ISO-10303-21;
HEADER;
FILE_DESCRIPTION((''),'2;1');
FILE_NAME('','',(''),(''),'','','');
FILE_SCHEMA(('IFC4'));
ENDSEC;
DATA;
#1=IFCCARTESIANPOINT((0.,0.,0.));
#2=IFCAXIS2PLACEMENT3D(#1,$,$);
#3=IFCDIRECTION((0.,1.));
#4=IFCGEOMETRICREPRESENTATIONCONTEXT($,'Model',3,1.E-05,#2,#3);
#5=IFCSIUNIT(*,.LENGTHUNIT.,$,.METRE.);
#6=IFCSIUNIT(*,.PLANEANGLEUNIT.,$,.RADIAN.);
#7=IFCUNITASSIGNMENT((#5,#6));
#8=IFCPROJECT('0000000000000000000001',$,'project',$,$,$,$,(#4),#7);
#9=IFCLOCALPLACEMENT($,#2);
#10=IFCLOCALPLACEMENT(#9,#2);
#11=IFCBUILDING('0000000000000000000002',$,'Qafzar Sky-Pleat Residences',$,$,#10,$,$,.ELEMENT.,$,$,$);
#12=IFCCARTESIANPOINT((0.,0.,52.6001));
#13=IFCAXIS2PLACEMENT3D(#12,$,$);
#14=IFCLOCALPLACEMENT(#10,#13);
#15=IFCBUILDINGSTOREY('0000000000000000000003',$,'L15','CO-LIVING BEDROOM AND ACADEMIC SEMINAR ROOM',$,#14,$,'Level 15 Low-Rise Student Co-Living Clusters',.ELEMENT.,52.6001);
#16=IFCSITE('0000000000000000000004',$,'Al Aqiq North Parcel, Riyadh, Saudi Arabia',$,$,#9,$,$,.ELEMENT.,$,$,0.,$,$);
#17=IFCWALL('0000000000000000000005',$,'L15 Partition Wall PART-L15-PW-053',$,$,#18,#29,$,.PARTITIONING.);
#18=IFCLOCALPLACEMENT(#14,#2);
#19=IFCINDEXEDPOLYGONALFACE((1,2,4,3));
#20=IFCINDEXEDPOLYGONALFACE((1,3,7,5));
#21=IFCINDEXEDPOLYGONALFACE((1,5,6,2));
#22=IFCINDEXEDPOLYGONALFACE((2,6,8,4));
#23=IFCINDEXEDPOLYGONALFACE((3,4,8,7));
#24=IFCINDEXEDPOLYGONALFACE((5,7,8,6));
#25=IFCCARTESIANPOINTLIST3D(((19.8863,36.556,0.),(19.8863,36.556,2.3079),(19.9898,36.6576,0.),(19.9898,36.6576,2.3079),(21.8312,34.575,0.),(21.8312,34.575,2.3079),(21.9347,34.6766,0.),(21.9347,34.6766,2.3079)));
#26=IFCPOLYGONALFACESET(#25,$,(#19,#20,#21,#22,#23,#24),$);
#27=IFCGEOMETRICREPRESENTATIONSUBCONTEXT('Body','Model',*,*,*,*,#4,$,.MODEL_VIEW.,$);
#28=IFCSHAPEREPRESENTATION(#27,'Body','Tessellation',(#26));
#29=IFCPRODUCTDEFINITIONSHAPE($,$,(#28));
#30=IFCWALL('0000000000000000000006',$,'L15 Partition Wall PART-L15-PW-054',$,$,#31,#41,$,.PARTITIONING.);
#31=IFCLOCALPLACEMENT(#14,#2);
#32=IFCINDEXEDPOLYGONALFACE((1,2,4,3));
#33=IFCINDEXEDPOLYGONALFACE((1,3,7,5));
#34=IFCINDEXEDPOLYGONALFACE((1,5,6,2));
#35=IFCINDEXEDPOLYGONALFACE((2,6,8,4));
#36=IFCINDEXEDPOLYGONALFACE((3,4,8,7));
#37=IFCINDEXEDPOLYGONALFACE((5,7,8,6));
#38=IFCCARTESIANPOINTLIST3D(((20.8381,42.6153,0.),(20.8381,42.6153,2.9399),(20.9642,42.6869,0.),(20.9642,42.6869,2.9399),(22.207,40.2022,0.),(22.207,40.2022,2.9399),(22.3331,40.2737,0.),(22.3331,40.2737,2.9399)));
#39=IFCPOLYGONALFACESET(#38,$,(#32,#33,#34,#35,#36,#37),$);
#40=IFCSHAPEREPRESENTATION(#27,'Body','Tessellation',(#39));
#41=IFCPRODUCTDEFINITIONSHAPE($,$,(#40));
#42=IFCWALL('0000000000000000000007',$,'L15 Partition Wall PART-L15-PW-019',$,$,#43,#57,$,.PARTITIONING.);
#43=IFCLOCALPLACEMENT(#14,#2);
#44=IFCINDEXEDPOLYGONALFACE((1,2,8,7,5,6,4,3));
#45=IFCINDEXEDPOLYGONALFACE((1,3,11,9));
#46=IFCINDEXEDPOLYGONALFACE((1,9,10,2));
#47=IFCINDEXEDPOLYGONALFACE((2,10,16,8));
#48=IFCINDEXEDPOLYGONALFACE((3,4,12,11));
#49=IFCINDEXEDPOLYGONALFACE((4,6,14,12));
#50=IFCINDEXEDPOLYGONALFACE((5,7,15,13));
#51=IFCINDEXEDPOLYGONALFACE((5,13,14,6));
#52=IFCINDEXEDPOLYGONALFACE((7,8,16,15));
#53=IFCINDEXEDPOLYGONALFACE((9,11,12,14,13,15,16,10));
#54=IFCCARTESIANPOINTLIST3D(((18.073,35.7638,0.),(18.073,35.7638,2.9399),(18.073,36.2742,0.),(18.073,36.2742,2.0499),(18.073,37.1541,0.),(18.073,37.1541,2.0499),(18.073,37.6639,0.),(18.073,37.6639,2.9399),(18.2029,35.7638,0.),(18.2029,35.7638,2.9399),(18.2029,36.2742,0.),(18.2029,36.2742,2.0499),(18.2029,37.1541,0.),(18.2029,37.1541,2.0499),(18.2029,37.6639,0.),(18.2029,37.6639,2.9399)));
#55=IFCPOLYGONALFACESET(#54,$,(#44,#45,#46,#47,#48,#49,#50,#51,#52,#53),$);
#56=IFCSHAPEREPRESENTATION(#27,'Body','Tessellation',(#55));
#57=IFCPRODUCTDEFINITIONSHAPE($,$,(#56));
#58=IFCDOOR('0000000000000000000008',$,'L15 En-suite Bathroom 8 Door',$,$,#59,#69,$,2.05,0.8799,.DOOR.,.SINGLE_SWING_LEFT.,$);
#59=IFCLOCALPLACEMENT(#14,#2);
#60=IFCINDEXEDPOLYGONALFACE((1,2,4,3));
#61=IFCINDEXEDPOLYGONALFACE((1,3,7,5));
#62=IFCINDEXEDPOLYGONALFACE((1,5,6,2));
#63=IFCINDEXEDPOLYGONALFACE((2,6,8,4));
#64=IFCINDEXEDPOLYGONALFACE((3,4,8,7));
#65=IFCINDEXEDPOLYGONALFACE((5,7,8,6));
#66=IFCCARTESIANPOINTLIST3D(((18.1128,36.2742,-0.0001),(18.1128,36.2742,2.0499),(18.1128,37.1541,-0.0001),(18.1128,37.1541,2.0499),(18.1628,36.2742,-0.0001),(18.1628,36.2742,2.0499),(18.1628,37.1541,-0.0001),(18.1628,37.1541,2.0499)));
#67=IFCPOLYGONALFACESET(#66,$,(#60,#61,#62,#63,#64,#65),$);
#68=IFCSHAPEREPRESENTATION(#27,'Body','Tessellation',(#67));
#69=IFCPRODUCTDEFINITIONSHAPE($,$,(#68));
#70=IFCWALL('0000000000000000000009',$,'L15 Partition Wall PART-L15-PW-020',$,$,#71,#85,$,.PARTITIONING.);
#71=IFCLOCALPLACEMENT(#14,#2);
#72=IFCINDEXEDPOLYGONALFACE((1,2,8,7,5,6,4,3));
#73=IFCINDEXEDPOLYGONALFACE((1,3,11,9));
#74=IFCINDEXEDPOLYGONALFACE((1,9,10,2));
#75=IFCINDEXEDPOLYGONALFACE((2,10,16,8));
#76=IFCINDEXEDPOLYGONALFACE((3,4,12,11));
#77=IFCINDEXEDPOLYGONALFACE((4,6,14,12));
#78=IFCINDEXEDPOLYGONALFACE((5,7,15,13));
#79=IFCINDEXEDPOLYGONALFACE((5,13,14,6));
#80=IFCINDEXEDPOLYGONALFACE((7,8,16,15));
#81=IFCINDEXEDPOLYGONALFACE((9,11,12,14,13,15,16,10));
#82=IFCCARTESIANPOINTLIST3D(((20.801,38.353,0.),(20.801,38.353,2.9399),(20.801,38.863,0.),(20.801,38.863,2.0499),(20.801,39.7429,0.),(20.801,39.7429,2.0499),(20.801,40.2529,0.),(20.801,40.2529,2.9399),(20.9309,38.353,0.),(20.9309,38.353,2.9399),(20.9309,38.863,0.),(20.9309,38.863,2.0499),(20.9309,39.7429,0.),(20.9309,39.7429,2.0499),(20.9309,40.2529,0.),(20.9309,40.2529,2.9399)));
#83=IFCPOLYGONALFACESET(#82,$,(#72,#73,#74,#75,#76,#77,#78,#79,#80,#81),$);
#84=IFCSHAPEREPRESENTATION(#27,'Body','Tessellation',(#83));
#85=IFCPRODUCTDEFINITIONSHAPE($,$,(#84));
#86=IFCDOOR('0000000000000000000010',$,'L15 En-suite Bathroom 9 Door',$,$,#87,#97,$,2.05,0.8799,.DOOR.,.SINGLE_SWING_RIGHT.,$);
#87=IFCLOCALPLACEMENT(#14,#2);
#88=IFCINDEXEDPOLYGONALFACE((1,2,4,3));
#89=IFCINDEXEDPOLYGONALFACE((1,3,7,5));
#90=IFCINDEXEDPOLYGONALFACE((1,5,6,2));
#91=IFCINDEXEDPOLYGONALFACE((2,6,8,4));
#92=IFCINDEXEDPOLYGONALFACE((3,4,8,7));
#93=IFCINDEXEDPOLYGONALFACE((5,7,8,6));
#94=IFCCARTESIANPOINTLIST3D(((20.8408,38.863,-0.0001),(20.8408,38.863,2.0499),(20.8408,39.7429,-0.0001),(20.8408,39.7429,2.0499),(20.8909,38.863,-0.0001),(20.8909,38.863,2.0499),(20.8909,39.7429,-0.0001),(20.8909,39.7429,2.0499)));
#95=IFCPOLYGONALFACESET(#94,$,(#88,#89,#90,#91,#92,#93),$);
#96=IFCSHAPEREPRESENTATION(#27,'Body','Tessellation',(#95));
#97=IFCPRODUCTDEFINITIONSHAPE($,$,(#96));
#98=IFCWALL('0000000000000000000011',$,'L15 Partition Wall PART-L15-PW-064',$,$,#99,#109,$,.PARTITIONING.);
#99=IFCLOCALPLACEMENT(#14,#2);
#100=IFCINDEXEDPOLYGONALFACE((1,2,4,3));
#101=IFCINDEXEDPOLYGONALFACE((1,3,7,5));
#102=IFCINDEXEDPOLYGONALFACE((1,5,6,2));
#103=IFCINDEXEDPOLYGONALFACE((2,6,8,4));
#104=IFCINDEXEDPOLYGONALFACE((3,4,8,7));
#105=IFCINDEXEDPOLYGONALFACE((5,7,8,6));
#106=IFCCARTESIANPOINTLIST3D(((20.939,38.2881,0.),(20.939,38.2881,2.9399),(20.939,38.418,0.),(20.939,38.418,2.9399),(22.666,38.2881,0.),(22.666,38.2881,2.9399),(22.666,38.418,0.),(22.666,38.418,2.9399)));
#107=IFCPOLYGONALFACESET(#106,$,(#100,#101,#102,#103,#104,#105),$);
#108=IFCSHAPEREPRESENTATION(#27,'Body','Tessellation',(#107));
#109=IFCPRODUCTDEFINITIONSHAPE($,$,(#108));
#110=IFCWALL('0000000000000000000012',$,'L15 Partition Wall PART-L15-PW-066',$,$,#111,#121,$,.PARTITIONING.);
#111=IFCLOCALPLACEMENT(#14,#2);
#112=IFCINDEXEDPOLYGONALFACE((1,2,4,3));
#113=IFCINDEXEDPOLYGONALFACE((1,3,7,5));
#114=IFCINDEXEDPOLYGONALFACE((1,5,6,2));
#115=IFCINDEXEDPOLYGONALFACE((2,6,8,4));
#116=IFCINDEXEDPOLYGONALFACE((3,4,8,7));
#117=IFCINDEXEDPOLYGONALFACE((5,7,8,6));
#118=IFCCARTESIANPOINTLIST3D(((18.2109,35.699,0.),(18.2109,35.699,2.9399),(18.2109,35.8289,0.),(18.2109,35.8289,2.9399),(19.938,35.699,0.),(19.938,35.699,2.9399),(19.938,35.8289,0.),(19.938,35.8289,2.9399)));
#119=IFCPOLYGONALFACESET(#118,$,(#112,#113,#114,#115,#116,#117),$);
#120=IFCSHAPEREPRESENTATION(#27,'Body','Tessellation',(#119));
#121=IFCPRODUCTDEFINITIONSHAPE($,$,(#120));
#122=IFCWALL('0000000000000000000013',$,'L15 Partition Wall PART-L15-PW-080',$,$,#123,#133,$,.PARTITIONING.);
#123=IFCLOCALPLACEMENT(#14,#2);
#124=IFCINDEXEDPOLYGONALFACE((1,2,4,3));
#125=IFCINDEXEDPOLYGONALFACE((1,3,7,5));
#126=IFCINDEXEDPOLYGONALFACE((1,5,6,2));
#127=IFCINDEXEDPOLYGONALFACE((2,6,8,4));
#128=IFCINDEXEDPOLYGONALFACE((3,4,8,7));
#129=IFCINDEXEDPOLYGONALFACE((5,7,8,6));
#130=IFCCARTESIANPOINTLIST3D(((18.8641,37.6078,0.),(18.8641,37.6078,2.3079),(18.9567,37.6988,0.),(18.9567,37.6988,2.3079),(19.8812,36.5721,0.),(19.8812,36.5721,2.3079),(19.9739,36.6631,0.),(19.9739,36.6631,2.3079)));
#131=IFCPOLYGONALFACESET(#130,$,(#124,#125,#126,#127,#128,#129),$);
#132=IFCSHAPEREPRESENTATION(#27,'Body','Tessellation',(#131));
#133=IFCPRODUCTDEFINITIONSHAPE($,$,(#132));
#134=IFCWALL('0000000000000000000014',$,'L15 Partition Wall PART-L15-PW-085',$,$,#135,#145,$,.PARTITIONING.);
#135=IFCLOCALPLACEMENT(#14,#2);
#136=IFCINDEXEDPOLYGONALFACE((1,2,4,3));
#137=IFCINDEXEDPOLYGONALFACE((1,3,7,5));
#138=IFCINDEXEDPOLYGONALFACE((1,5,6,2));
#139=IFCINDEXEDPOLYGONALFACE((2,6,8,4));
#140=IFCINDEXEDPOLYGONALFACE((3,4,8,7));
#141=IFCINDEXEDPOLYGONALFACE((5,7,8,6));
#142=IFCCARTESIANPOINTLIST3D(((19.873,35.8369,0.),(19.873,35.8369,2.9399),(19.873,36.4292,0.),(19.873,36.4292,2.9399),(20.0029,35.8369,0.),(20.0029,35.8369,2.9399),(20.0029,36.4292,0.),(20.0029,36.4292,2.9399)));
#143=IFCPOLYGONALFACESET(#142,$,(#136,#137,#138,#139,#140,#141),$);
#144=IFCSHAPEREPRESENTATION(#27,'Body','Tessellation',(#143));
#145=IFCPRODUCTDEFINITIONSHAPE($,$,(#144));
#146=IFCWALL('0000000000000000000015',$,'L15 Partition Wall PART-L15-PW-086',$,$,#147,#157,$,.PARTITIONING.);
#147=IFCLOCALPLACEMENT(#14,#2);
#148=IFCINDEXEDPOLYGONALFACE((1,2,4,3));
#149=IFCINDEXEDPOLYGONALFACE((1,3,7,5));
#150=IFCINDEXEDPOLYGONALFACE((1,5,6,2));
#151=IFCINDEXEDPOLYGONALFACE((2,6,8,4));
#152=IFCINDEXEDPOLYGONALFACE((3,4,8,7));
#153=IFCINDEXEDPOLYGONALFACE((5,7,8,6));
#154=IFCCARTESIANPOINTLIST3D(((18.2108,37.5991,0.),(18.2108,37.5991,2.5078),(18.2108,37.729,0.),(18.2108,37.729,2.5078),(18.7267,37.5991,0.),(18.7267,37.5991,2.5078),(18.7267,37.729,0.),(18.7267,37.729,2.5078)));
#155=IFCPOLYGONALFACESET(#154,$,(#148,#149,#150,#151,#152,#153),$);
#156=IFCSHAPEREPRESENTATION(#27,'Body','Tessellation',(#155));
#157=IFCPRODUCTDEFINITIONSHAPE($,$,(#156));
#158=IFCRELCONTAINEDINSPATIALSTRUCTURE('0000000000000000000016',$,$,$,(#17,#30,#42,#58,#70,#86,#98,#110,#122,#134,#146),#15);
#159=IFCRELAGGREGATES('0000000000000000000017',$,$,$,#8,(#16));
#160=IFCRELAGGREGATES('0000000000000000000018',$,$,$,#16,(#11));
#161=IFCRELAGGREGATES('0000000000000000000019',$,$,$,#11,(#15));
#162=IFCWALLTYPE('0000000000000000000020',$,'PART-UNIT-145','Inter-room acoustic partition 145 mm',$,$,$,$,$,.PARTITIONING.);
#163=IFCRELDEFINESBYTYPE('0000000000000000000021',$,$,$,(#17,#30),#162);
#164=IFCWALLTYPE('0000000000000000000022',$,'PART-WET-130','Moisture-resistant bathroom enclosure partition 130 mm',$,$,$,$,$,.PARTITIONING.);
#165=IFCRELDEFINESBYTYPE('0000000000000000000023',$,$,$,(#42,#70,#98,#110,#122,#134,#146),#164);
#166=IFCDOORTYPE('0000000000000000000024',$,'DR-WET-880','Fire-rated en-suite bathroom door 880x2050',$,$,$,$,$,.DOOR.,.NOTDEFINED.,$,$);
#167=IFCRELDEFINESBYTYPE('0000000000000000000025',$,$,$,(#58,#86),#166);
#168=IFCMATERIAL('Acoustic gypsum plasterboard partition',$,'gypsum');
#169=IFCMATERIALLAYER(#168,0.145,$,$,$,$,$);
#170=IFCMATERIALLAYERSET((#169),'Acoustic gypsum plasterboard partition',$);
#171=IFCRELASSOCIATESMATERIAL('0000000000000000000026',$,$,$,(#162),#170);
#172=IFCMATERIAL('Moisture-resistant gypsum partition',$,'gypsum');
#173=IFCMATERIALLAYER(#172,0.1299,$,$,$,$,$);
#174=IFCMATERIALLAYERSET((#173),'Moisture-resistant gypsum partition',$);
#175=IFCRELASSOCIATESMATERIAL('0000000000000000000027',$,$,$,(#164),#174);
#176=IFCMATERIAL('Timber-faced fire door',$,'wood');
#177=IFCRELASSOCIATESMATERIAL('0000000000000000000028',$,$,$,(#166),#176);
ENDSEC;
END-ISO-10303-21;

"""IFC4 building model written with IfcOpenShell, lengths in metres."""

from ifc_helpers import new_model, si_unit, direction, frame, frame_2d, origin, place, context, subcontext, project, spatial, rectangle, extrude, source, transform, mapped, material, layer, layer_set, type_object, element, fill, save


model = new_model("IFC4")

# Units and contexts
model_context = context("Model", 3, precision=1e-05, world=origin(), true_north=direction((0.0, 1.0)))
body_context = subcontext(model_context, "Body", "Model", "MODEL_VIEW")
ifc_project = project(units=[si_unit("LENGTHUNIT", "METRE"), si_unit("PLANEANGLEUNIT", "RADIAN")], contexts=[model_context])

# Site, building, storey
site_placement = place(None, origin())
site = spatial("IfcSite", under=ifc_project, at=site_placement, Name="Al Aqiq North Parcel, Riyadh, Saudi Arabia", CompositionType="ELEMENT", RefElevation=0.0)
building_placement = place(site_placement, origin())
building = spatial("IfcBuilding", under=site, at=building_placement, Name="Qafzar Sky-Pleat Residences", CompositionType="ELEMENT")
storey_placement = place(building_placement, frame((0.0, 0.0, 52.6001)))
storey = spatial("IfcBuildingStorey", under=building, at=storey_placement, Name="L15", Description="CO-LIVING BEDROOM AND ACADEMIC SEMINAR ROOM", LongName="Level 15 Low-Rise Student Co-Living Clusters", CompositionType="ELEMENT", Elevation=52.6001)

# Walls
ifc_material_1 = material(Name="Acoustic gypsum plasterboard partition", Category="gypsum")
ifc_layer_1 = layer(ifc_material_1, 0.145)
ifc_layer_set_1 = layer_set([ifc_layer_1], Name="Acoustic gypsum plasterboard partition")
wall_type_1 = type_object("IfcWallType", Name="PART-UNIT-145", Description="Inter-room acoustic partition 145 mm", PredefinedType="PARTITIONING", material=ifc_layer_set_1)
wall_1_placement = place(storey_placement, frame((19.938, 36.6069, 0.0), z_axis=(0.0, 0.0, 1.0), x_axis=(0.700569, -0.713585, 0.0)))
element("IfcWall", 1, at=wall_1_placement, inside=storey, type_object=wall_type_1, Name="L15 Partition Wall PART-L15-PW-053", PredefinedType="PARTITIONING", context=body_context, shape_type="SweptSolid", body=[
    extrude(rectangle(XDim=2.7761, YDim=0.145, at=frame_2d((1.3882, 0.0))), origin(), (0.0, 0.0, 1.0), 2.3079),
])
wall_2_placement = place(storey_placement, frame((20.9011, 42.6511, 0.0), z_axis=(0.0, 0.0, 1.0), x_axis=(0.493417, -0.869793, 0.0)))
element("IfcWall", 2, at=wall_2_placement, inside=storey, type_object=wall_type_1, Name="L15 Partition Wall PART-L15-PW-054", PredefinedType="PARTITIONING", context=body_context, shape_type="SweptSolid", body=[
    extrude(rectangle(XDim=2.7744, YDim=0.145, at=frame_2d((1.3872, 0.0))), origin(), (0.0, 0.0, 1.0), 2.9399),
])

# Walls, openings, doors
ifc_material_2 = material(Name="Moisture-resistant gypsum partition", Category="gypsum")
ifc_layer_2 = layer(ifc_material_2, 0.1299)
ifc_layer_set_2 = layer_set([ifc_layer_2], Name="Moisture-resistant gypsum partition")
wall_type_2 = type_object("IfcWallType", Name="PART-WET-130", Description="Moisture-resistant bathroom enclosure partition 130 mm", PredefinedType="PARTITIONING", material=ifc_layer_set_2)
wall_3_placement = place(storey_placement, frame((18.1379, 37.6641, 0.0), z_axis=(0.0, 0.0, 1.0), x_axis=(0.0, -1.0, 0.0)))
wall_3 = element("IfcWall", 3, at=wall_3_placement, inside=storey, type_object=wall_type_2, Name="L15 Partition Wall PART-L15-PW-019", PredefinedType="PARTITIONING", context=body_context, shape_type="SweptSolid", body=[
    extrude(rectangle(XDim=1.9001, YDim=0.1299, at=frame_2d((0.9502, 0.0))), origin(), (0.0, 0.0, 1.0), 2.9399),
])
opening_1_placement = place(wall_3_placement, frame((0.51, 0.0, 0.0)))
opening_1 = element("IfcOpeningElement", 4, at=opening_1_placement, cuts=wall_3, PredefinedType="OPENING", context=body_context, shape_type="SweptSolid", body=[
    extrude(rectangle(XDim=0.8799, YDim=2.05, at=frame_2d((0.4399, 1.0249))), frame((0.0, 0.075, 0.0), z_axis=(0.0, -1.0, 0.0), x_axis=(1.0, 0.0, 0.0)), (0.0, 0.0, 1.0), 0.1499),
])
ifc_material_3 = material(Name="Timber-faced fire door", Category="wood")
door_type = type_object("IfcDoorType", Name="DR-WET-880", Description="Fire-rated en-suite bathroom door 880x2050", OperationType="NOTDEFINED", PredefinedType="DOOR", material=ifc_material_3)
shared_shape_1 = source(origin(), body_context, "Body", "SweptSolid", [
    extrude(rectangle(XDim=0.8799, YDim=2.05, at=frame_2d((0.4399, 1.0249))), frame((0.0, 0.0249, 0.0), z_axis=(0.0, -1.0, 0.0), x_axis=(1.0, 0.0, 0.0)), (0.0, 0.0, 1.0), 0.05),
])
door_1_placement = place(opening_1_placement, origin())
door_1 = element("IfcDoor", 5, at=door_1_placement, inside=storey, type_object=door_type, Name="L15 En-suite Bathroom 8 Door", OperationType="SINGLE_SWING_LEFT", OverallHeight=2.05, OverallWidth=0.8799, PredefinedType="DOOR", context=body_context, shape_type="MappedRepresentation", body=[
    mapped(shared_shape_1, transform((0.0, 0.0, 0.0), x_axis=(1.0, 0.0, 0.0), y_axis=(0.0, 1.0, 0.0), z_axis=(0.0, 0.0, 1.0), scale=1.0)),
])
fill(opening_1, door_1)
wall_4_placement = place(storey_placement, frame((20.866, 40.2529, 0.0), z_axis=(0.0, 0.0, 1.0), x_axis=(0.0, -1.0, 0.0)))
wall_4 = element("IfcWall", 6, at=wall_4_placement, inside=storey, type_object=wall_type_2, Name="L15 Partition Wall PART-L15-PW-020", PredefinedType="PARTITIONING", context=body_context, shape_type="SweptSolid", body=[
    extrude(rectangle(XDim=1.8999, YDim=0.1299, at=frame_2d((0.95, 0.0))), origin(), (0.0, 0.0, 1.0), 2.9399),
])
opening_2_placement = place(wall_4_placement, frame((0.51, 0.0, 0.0)))
opening_2 = element("IfcOpeningElement", 7, at=opening_2_placement, cuts=wall_4, PredefinedType="OPENING", context=body_context, shape_type="SweptSolid", body=[
    extrude(rectangle(XDim=0.8799, YDim=2.05, at=frame_2d((0.4399, 1.0249))), frame((0.0, 0.075, 0.0), z_axis=(0.0, -1.0, 0.0), x_axis=(1.0, 0.0, 0.0)), (0.0, 0.0, 1.0), 0.1499),
])
door_2_placement = place(opening_2_placement, origin())
door_2 = element("IfcDoor", 8, at=door_2_placement, inside=storey, type_object=door_type, Name="L15 En-suite Bathroom 9 Door", OperationType="SINGLE_SWING_RIGHT", OverallHeight=2.05, OverallWidth=0.8799, PredefinedType="DOOR", context=body_context, shape_type="MappedRepresentation", body=[
    mapped(shared_shape_1, transform((0.0, 0.0, 0.0), x_axis=(1.0, 0.0, 0.0), y_axis=(0.0, 1.0, 0.0), z_axis=(0.0, 0.0, 1.0), scale=1.0)),
])
fill(opening_2, door_2)

# Walls
for number, where, z_axis, x_axis, name in (
    (9, (20.939, 38.353, 0.0), (0.0, 0.0, 1.0), (1.0, 0.0, 0.0), "L15 Partition Wall PART-L15-PW-064"),
    (10, (18.2109, 35.7639, 0.0), (0.0, 0.0, 1.0), (1.0, 0.0, 0.0), "L15 Partition Wall PART-L15-PW-066"),
):
    element("IfcWall", number, at=place(storey_placement, frame(where, z_axis=z_axis, x_axis=x_axis)), inside=storey, type_object=wall_type_2, Name=name, PredefinedType="PARTITIONING", context=body_context, shape_type="SweptSolid", body=[
        extrude(rectangle(XDim=1.7271, YDim=0.1299, at=frame_2d((0.8635, 0.0))), origin(), (0.0, 0.0, 1.0), 2.9399),
    ])
wall_5_placement = place(storey_placement, frame((18.9104, 37.6533, 0.0), z_axis=(0.0, 0.0, 1.0), x_axis=(0.700687, -0.713469, 0.0)))
element("IfcWall", 11, at=wall_5_placement, inside=storey, type_object=wall_type_2, Name="L15 Partition Wall PART-L15-PW-080", PredefinedType="PARTITIONING", context=body_context, shape_type="SweptSolid", body=[
    extrude(rectangle(XDim=1.4517, YDim=0.1299, at=frame_2d((0.7258, 0.0))), origin(), (0.0, 0.0, 1.0), 2.3079),
])
wall_6_placement = place(storey_placement, frame((19.938, 35.8369, 0.0), z_axis=(0.0, 0.0, 1.0), x_axis=(0.0, 1.0, 0.0)))
element("IfcWall", 12, at=wall_6_placement, inside=storey, type_object=wall_type_2, Name="L15 Partition Wall PART-L15-PW-085", PredefinedType="PARTITIONING", context=body_context, shape_type="SweptSolid", body=[
    extrude(rectangle(XDim=0.5923, YDim=0.1299, at=frame_2d((0.2961, 0.0))), origin(), (0.0, 0.0, 1.0), 2.9399),
])
wall_7_placement = place(storey_placement, frame((18.2109, 37.6641, 0.0), z_axis=(0.0, 0.0, 1.0), x_axis=(1.0, 0.0, 0.0)))
element("IfcWall", 13, at=wall_7_placement, inside=storey, type_object=wall_type_2, Name="L15 Partition Wall PART-L15-PW-086", PredefinedType="PARTITIONING", context=body_context, shape_type="SweptSolid", body=[
    extrude(rectangle(XDim=0.5159, YDim=0.1299, at=frame_2d((0.2578, 0.0))), origin(), (0.0, 0.0, 1.0), 2.5078),
])

save(model, "model.ifc")
